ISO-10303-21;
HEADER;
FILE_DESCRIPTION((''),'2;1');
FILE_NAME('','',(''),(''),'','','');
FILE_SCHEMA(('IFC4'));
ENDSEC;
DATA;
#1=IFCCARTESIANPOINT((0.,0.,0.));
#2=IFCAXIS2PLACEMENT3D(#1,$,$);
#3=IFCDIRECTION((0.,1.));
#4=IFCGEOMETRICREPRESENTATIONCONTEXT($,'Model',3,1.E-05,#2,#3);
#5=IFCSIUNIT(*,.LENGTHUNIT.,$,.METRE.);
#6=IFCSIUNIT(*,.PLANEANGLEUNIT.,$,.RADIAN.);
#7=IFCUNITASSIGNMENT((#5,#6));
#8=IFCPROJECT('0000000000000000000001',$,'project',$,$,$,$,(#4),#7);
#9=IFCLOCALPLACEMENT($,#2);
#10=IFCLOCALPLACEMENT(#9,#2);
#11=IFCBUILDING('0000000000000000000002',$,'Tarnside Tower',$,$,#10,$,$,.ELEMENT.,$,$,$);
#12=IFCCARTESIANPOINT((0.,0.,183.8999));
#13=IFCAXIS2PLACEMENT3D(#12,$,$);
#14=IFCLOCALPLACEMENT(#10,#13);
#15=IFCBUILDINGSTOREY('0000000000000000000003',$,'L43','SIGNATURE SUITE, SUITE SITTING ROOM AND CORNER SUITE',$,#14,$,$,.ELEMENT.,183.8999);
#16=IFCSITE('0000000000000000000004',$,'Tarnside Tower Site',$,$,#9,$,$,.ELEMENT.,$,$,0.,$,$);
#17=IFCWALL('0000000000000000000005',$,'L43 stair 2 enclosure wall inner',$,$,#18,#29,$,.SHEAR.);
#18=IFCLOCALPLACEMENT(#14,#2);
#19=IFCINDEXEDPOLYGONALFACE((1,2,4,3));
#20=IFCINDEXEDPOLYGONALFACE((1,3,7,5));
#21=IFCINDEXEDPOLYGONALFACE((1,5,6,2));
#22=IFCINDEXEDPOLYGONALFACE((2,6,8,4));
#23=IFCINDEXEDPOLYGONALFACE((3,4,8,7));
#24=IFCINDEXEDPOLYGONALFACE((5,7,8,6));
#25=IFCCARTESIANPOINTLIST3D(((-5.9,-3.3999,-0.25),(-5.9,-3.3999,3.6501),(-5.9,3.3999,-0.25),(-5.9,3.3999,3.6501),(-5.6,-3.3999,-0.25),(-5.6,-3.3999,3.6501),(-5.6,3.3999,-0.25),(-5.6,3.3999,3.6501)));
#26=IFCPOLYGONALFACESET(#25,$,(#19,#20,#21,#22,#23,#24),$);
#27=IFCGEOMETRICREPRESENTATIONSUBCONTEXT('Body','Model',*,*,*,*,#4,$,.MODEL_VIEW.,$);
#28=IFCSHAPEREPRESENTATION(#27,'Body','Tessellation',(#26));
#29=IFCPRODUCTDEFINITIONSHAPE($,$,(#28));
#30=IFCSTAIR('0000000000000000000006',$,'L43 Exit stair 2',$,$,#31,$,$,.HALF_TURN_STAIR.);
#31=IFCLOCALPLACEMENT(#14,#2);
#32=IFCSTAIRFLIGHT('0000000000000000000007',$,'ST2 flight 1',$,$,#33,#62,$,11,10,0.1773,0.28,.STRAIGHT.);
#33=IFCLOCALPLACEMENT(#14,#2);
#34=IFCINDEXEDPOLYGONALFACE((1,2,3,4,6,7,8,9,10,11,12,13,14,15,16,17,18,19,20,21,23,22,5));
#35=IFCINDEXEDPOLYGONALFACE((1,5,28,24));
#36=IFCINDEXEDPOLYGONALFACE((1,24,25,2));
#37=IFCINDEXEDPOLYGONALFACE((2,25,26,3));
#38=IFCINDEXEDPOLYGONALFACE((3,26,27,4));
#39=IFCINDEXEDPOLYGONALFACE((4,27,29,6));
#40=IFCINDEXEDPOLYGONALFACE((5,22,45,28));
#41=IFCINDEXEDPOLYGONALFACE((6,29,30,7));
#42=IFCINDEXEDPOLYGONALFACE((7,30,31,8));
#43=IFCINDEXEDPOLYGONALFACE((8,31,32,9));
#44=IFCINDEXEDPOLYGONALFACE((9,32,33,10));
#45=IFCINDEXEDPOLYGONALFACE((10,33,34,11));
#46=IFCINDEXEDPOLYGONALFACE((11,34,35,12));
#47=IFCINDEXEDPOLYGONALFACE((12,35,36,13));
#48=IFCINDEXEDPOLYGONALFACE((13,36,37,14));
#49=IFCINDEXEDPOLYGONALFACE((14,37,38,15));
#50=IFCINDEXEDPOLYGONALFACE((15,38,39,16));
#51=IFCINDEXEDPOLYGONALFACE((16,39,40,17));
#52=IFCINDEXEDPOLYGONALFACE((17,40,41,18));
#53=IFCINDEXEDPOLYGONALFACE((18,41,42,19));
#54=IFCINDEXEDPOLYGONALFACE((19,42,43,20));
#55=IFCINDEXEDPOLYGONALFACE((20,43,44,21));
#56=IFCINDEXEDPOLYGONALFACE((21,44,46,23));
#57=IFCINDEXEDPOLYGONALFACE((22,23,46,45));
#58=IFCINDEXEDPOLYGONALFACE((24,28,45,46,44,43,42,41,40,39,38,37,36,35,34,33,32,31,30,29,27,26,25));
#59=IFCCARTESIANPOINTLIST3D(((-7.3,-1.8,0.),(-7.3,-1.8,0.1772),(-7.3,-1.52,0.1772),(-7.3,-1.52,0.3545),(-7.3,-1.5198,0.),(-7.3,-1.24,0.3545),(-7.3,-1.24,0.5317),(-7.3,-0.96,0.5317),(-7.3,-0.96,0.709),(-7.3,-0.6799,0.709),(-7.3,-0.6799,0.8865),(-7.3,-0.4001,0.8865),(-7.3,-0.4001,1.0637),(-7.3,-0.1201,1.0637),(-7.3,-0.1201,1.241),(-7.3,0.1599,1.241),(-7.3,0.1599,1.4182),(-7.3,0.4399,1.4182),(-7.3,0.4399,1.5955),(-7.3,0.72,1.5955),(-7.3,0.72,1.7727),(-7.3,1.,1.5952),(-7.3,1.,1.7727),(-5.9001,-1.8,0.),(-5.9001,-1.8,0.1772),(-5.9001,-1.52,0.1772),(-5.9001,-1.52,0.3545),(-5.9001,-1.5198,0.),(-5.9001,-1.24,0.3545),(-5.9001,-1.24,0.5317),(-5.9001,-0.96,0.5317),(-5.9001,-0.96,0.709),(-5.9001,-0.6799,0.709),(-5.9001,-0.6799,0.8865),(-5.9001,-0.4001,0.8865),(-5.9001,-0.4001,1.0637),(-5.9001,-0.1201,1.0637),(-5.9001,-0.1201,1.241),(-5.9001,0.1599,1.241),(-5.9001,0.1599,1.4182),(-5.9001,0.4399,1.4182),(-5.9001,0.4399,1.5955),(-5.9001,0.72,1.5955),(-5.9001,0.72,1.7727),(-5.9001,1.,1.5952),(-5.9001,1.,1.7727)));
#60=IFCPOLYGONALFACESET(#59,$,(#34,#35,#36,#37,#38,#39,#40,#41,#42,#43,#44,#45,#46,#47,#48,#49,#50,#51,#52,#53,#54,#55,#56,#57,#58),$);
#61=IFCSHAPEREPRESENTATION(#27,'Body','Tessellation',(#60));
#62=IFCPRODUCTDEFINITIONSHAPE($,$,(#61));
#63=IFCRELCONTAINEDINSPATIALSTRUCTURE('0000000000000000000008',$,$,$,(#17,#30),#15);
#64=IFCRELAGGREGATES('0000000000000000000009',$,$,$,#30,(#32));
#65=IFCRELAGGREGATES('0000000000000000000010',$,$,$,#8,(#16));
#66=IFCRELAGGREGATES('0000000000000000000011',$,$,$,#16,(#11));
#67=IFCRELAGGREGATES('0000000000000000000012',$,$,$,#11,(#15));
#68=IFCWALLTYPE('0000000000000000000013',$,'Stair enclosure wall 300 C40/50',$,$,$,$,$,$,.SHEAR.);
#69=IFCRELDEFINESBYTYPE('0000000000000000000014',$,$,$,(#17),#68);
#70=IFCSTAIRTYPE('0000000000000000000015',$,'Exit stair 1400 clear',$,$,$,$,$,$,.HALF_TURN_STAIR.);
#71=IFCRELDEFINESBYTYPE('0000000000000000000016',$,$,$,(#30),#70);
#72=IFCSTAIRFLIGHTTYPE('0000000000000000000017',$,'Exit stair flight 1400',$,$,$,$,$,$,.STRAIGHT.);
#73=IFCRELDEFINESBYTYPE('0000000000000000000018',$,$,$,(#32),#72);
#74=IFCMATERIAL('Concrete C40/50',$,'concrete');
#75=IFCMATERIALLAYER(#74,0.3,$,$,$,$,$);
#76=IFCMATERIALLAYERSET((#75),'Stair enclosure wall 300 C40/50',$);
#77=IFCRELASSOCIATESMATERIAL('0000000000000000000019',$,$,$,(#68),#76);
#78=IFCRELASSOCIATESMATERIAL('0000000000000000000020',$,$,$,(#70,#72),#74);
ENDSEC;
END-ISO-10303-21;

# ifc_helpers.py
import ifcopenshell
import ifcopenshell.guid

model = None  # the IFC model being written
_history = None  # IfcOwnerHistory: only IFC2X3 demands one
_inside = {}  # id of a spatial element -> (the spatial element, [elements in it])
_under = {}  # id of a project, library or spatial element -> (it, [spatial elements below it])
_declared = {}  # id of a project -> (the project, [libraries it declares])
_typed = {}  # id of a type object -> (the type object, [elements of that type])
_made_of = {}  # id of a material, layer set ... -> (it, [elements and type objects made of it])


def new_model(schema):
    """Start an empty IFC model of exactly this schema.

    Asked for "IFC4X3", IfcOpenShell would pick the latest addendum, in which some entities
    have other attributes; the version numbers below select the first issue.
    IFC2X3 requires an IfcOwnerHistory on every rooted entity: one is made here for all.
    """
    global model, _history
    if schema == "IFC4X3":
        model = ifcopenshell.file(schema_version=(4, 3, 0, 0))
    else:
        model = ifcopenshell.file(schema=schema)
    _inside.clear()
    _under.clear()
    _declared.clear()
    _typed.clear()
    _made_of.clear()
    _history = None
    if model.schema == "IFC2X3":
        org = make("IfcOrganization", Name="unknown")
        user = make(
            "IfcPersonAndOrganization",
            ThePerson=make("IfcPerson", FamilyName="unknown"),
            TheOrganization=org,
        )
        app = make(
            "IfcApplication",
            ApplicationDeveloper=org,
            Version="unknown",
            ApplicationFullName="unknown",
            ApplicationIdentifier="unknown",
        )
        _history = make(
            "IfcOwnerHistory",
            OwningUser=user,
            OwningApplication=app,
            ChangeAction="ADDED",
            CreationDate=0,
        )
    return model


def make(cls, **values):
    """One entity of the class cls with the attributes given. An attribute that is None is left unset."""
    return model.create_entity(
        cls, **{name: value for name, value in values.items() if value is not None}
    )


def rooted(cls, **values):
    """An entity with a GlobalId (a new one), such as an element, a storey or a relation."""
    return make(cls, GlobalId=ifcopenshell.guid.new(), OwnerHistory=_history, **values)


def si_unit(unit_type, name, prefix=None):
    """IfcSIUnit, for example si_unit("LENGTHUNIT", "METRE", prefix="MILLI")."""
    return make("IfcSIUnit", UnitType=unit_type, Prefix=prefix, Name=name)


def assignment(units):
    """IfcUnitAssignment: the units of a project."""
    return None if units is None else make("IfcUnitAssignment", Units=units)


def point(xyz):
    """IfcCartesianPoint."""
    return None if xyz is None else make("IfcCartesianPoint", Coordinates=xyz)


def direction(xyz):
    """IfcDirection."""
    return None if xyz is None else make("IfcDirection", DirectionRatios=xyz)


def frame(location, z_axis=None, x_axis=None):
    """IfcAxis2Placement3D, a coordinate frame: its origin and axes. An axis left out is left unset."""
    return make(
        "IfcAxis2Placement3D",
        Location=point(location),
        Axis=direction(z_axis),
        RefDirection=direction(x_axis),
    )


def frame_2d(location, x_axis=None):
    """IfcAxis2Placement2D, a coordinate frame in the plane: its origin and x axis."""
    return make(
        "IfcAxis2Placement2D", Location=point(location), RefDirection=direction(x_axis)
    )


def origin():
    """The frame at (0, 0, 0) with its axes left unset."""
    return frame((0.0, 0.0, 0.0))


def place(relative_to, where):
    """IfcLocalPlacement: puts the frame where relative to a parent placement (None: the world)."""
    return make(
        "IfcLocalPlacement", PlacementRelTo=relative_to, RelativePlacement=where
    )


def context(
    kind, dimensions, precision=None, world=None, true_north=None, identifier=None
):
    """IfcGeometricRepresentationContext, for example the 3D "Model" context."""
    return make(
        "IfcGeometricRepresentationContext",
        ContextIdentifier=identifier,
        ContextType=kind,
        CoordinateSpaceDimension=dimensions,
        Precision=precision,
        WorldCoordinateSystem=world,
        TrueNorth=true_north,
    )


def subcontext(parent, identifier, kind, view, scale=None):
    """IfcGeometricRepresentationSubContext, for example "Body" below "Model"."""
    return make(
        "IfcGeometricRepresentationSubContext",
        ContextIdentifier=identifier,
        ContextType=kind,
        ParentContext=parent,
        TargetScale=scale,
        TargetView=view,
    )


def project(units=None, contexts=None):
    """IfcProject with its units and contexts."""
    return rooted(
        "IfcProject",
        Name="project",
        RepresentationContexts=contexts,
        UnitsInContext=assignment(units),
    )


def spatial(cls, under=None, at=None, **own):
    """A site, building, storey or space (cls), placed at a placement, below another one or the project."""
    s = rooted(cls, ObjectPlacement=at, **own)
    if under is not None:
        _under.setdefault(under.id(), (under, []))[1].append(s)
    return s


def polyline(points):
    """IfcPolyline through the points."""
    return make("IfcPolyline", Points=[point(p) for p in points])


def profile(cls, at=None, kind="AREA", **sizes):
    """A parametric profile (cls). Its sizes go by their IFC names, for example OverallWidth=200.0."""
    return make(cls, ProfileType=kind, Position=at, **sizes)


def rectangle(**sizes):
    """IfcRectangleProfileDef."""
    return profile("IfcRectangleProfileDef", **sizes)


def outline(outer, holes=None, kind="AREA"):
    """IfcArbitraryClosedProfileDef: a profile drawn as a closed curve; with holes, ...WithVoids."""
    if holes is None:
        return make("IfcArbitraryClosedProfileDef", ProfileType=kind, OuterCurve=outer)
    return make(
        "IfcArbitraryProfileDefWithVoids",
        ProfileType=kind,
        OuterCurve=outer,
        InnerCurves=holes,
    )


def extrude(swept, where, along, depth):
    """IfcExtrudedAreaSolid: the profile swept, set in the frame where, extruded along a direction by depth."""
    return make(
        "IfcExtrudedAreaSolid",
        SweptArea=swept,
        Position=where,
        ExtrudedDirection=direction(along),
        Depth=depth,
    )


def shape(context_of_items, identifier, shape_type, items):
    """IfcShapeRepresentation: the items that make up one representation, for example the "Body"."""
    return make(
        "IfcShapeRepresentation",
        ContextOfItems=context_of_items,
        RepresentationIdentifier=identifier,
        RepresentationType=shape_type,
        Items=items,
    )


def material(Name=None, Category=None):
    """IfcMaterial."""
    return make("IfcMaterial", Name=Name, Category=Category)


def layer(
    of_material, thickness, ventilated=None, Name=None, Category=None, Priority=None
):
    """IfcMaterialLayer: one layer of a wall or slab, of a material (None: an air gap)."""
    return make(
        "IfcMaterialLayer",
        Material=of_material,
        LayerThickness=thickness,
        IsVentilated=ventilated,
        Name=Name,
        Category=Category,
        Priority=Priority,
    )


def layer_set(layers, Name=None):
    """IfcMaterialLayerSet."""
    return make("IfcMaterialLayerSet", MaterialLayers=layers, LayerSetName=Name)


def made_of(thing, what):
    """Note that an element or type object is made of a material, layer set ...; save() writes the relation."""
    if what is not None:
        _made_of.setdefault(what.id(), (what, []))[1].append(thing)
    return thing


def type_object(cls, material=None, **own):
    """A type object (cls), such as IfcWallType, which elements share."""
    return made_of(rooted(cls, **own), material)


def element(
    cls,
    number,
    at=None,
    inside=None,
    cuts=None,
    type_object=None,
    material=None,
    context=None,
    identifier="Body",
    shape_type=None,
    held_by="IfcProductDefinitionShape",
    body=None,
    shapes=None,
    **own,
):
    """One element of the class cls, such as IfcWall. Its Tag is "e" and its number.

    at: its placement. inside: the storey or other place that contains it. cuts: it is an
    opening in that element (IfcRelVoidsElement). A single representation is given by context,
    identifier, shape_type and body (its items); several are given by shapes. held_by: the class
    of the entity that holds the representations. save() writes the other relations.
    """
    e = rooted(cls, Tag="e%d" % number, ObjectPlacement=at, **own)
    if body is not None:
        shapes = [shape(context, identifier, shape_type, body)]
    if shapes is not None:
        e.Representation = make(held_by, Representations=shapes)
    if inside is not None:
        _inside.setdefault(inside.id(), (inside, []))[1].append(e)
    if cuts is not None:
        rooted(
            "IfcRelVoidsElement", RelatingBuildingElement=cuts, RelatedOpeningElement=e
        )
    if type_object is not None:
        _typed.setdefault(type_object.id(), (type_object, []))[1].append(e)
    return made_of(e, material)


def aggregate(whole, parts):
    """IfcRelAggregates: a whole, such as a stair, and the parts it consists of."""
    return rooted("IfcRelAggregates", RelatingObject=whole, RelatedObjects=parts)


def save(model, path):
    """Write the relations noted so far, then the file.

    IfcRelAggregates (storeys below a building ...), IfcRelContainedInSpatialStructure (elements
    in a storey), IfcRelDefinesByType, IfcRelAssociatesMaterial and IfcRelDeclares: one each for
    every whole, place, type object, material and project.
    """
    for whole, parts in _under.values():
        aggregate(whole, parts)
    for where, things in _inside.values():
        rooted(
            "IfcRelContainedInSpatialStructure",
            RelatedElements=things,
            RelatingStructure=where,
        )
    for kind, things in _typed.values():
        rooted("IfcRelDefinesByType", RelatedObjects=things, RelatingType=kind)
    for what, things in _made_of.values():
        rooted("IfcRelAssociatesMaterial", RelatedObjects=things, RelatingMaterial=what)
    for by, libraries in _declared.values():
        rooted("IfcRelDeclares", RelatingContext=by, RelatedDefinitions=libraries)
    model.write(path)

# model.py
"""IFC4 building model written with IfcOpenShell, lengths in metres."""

from ifc_helpers import new_model, si_unit, direction, frame, frame_2d, origin, place, context, subcontext, project, spatial, polyline, rectangle, outline, extrude, material, layer, layer_set, type_object, element, aggregate, save


model = new_model("IFC4")

# Units and contexts
model_context = context("Model", 3, precision=1e-05, world=origin(), true_north=direction((0.0, 1.0)))
body_context = subcontext(model_context, "Body", "Model", "MODEL_VIEW")
ifc_project = project(units=[si_unit("LENGTHUNIT", "METRE"), si_unit("PLANEANGLEUNIT", "RADIAN")], contexts=[model_context])

# Site, building, storey
site_placement = place(None, origin())
site = spatial("IfcSite", under=ifc_project, at=site_placement, Name="Tarnside Tower Site", CompositionType="ELEMENT", RefElevation=0.0)
building_placement = place(site_placement, origin())
building = spatial("IfcBuilding", under=site, at=building_placement, Name="Tarnside Tower", CompositionType="ELEMENT")
storey_placement = place(building_placement, frame((0.0, 0.0, 183.8999)))
storey = spatial("IfcBuildingStorey", under=building, at=storey_placement, Name="L43", Description="SIGNATURE SUITE, SUITE SITTING ROOM AND CORNER SUITE", CompositionType="ELEMENT", Elevation=183.8999)

# Shared definitions
ifc_material_1 = material(Name="Concrete C40/50", Category="concrete")

# Wall
ifc_layer_1 = layer(ifc_material_1, 0.3)
ifc_layer_set_1 = layer_set([ifc_layer_1], Name="Stair enclosure wall 300 C40/50")
wall_type_1 = type_object("IfcWallType", Name="Stair enclosure wall 300 C40/50", PredefinedType="SHEAR", material=ifc_layer_set_1)
wall_1_placement = place(storey_placement, frame((-5.75, -3.3999, -0.25), z_axis=(0.0, 0.0, 1.0), x_axis=(0.0, 1.0, 0.0)))
element("IfcWall", 1, at=wall_1_placement, inside=storey, type_object=wall_type_1, Name="L43 stair 2 enclosure wall inner", PredefinedType="SHEAR", context=body_context, shape_type="SweptSolid", body=[
    extrude(rectangle(XDim=6.7998, YDim=0.3, at=frame_2d((3.3999, 0.0))), origin(), (0.0, 0.0, 1.0), 3.9001),
])

# Stair, stair flight
stair_type = type_object("IfcStairType", Name="Exit stair 1400 clear", PredefinedType="HALF_TURN_STAIR", material=ifc_material_1)
stair_placement = place(storey_placement, origin())
stair = element("IfcStair", 2, at=stair_placement, inside=storey, type_object=stair_type, Name="L43 Exit stair 2", PredefinedType="HALF_TURN_STAIR")
stair_flight_type = type_object("IfcStairFlightType", Name="Exit stair flight 1400", PredefinedType="STRAIGHT", material=ifc_material_1)
stair_flight_placement = place(storey_placement, frame((-6.6001, -1.8, 0.0), z_axis=(0.0, 0.0, 1.0), x_axis=(0.0, 1.0, 0.0)))
stair_flight = element("IfcStairFlight", 3, at=stair_flight_placement, type_object=stair_flight_type, Name="ST2 flight 1", NumberOfRisers=11, NumberOfTreads=10, PredefinedType="STRAIGHT", RiserHeight=0.1773, TreadLength=0.28, context=body_context, shape_type="SweptSolid", body=[
    extrude(outline(polyline([(0.0, 0.0), (0.0, 0.1772), (0.28, 0.1772), (0.28, 0.3545), (0.5601, 0.3545), (0.5601, 0.5317), (0.8401, 0.5317), (0.8401, 0.709), (1.1201, 0.709), (1.1201, 0.8865), (1.3999, 0.8865), (1.3999, 1.0637), (1.6799, 1.0637), (1.6799, 1.241), (1.96, 1.241), (1.96, 1.4182), (2.24, 1.4182), (2.24, 1.5955), (2.52, 1.5955), (2.52, 1.7727), (2.8, 1.7727), (2.8, 1.95), (2.8, 1.5952), (0.2803, 0.0), (0.0, 0.0)])), frame((0.0, 0.7, 0.0), z_axis=(0.0, -1.0, 0.0), x_axis=(1.0, 0.0, 0.0)), (0.0, 0.0, 1.0), 1.3999),
])
aggregate(stair, [stair_flight])

save(model, "model.ifc")
